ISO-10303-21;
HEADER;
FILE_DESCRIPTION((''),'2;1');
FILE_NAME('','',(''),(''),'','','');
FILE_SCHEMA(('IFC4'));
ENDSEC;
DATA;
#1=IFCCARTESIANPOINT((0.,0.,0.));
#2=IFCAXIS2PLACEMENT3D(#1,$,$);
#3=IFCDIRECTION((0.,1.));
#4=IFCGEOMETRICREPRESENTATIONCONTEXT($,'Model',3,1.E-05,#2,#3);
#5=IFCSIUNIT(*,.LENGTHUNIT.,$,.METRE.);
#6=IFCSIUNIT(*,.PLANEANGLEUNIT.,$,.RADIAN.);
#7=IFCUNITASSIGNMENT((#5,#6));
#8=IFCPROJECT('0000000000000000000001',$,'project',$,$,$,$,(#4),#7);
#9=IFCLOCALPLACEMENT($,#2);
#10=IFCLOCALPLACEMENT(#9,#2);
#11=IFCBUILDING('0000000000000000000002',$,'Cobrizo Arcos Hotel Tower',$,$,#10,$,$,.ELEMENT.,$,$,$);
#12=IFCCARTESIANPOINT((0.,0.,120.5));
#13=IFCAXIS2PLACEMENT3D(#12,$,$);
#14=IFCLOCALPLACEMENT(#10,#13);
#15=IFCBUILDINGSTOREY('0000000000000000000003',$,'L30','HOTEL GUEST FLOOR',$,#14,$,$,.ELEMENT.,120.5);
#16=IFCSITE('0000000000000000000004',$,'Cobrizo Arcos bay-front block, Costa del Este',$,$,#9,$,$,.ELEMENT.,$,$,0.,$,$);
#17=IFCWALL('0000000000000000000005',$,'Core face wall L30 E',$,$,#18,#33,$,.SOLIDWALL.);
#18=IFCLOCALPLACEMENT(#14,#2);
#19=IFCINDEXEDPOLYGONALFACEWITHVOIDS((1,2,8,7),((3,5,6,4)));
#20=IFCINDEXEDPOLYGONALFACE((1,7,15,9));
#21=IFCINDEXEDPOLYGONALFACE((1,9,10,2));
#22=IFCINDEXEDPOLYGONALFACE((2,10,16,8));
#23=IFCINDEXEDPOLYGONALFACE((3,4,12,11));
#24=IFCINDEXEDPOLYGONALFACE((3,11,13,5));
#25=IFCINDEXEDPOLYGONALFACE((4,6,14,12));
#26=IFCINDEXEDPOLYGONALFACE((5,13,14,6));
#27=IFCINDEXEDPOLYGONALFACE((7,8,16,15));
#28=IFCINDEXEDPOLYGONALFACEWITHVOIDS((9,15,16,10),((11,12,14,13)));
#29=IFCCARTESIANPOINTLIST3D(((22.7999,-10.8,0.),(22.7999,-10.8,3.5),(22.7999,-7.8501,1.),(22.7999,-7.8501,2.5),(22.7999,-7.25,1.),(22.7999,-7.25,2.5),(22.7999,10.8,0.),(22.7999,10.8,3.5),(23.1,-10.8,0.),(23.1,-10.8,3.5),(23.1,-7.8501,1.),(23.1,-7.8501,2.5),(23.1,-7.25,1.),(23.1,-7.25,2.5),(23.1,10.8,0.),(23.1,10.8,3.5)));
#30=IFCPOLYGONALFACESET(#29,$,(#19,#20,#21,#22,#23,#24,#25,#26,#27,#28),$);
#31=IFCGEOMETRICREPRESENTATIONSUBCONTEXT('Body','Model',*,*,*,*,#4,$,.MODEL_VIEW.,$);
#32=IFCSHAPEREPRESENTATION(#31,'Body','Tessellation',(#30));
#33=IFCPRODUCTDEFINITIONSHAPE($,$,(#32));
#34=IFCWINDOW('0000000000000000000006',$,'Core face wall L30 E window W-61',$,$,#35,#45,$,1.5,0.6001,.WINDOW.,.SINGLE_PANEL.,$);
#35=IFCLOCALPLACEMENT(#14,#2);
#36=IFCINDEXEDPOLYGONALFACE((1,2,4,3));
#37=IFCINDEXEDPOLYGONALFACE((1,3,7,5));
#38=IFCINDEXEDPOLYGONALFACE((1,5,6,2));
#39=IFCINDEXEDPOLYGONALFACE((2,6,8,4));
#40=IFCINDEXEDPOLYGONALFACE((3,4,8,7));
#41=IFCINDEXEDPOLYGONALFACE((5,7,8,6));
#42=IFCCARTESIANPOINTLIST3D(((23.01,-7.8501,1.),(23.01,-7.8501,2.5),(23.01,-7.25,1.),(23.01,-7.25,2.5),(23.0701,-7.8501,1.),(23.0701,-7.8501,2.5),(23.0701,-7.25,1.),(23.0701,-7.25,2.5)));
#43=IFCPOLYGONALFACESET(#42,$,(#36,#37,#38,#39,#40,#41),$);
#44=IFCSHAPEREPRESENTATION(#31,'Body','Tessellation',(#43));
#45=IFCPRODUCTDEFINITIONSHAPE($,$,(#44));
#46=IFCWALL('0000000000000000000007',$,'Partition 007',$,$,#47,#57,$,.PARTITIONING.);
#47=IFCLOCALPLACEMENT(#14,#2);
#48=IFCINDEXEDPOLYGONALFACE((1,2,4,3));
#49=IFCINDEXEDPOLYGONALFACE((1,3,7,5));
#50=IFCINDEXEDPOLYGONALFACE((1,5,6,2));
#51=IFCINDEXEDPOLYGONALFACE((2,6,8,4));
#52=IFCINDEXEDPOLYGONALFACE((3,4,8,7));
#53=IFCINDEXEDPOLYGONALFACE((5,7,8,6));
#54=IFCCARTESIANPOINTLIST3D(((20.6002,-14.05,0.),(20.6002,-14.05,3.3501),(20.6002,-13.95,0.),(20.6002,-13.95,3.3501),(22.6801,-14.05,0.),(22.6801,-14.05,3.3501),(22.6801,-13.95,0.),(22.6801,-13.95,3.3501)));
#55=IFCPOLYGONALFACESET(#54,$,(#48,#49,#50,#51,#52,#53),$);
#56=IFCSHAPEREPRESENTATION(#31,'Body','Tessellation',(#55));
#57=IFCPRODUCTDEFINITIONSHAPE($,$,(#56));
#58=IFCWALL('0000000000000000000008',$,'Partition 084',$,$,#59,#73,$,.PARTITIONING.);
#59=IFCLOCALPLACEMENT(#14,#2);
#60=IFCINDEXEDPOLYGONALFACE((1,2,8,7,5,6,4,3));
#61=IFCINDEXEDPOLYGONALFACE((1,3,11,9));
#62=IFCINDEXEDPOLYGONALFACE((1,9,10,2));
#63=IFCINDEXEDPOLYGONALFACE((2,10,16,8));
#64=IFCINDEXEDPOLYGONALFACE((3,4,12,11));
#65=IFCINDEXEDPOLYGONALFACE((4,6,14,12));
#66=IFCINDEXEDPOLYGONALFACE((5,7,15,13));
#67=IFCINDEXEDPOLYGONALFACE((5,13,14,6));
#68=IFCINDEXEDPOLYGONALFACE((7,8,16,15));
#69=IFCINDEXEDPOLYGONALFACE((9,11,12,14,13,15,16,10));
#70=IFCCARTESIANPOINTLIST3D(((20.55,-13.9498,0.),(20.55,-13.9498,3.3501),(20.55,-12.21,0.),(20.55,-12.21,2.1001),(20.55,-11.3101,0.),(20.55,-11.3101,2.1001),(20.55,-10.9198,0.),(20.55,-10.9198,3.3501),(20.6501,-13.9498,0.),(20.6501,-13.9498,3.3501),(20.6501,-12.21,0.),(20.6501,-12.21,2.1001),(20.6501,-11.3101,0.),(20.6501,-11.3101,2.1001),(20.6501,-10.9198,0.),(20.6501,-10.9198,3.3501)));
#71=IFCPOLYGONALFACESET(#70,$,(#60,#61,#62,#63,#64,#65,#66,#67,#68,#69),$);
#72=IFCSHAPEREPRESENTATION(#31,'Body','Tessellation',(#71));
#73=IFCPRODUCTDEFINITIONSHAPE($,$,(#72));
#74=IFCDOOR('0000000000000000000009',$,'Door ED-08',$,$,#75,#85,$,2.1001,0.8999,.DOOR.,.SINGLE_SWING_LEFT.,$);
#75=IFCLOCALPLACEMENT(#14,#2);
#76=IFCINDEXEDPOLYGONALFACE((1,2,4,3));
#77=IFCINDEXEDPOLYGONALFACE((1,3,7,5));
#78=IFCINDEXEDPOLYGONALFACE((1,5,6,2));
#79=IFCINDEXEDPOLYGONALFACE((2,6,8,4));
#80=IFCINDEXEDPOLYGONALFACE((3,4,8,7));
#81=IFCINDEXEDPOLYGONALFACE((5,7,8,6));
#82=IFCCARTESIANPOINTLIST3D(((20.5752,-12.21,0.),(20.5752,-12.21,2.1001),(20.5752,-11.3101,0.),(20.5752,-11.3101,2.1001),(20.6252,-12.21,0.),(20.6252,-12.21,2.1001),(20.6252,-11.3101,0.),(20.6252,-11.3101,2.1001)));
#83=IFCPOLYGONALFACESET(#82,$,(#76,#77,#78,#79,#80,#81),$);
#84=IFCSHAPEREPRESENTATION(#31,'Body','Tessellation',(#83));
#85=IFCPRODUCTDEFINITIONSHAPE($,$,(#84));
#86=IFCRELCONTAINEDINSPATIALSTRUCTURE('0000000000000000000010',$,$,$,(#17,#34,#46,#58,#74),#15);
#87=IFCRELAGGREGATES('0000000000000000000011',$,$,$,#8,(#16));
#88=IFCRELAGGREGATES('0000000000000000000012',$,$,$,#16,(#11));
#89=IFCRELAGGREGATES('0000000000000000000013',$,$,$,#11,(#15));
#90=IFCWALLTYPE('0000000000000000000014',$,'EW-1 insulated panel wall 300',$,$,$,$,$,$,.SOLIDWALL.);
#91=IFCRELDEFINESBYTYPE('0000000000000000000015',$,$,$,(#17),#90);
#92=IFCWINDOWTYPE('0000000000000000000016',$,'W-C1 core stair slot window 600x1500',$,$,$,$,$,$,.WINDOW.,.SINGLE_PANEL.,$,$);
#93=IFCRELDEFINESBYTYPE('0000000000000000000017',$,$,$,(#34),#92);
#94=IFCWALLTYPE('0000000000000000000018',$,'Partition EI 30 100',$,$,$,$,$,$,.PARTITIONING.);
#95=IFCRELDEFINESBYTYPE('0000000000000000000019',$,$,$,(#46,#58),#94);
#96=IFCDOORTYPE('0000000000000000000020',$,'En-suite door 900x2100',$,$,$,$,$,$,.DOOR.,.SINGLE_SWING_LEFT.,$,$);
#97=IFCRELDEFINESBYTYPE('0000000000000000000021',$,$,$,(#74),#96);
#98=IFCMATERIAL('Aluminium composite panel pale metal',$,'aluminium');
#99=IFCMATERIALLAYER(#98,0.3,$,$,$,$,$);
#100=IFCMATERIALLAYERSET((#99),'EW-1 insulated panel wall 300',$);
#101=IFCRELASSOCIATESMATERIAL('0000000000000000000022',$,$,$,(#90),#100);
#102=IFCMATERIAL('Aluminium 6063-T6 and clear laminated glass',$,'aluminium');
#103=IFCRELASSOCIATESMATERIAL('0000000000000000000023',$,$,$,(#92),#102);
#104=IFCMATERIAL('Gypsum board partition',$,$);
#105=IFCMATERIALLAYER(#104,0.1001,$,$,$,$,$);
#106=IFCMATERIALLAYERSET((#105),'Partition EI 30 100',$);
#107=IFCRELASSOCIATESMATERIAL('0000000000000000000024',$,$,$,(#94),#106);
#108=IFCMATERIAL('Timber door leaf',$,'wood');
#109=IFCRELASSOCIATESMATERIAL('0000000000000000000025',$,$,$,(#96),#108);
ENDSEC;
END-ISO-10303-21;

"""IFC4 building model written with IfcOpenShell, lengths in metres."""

from ifc_helpers import new_model, si_unit, direction, frame, frame_2d, origin, place, context, subcontext, project, spatial, rectangle, extrude, material, layer, layer_set, type_object, element, fill, save


model = new_model("IFC4")

# Units and contexts
model_context = context("Model", 3, precision=1e-05, world=origin(), true_north=direction((0.0, 1.0)))
body_context = subcontext(model_context, "Body", "Model", "MODEL_VIEW")
ifc_project = project(units=[si_unit("LENGTHUNIT", "METRE"), si_unit("PLANEANGLEUNIT", "RADIAN")], contexts=[model_context])

# Site, building, storey
site_placement = place(None, origin())
site = spatial("IfcSite", under=ifc_project, at=site_placement, Name="Cobrizo Arcos bay-front block, Costa del Este", CompositionType="ELEMENT", RefElevation=0.0)
building_placement = place(site_placement, origin())
building = spatial("IfcBuilding", under=site, at=building_placement, Name="Cobrizo Arcos Hotel Tower", CompositionType="ELEMENT")
storey_placement = place(building_placement, frame((0.0, 0.0, 120.5)))
storey = spatial("IfcBuildingStorey", under=building, at=storey_placement, Name="L30", Description="HOTEL GUEST FLOOR", CompositionType="ELEMENT", Elevation=120.5)

# Shared definitions
ifc_material_1 = material(Name="Aluminium composite panel pale metal", Category="aluminium")

# Shared definitions
ifc_material_2 = material(Name="Gypsum board partition")

# Shared definitions
ifc_material_3 = material(Name="Timber door leaf", Category="wood")

# Wall, opening, window
ifc_layer_1 = layer(ifc_material_1, 0.3)
ifc_layer_set_1 = layer_set([ifc_layer_1], Name="EW-1 insulated panel wall 300")
wall_type_1 = type_object("IfcWallType", Name="EW-1 insulated panel wall 300", PredefinedType="SOLIDWALL", material=ifc_layer_set_1)
wall_1_placement = place(storey_placement, frame((22.95, -10.8, 0.0), z_axis=(0.0, 0.0, 1.0), x_axis=(0.0, 1.0, 0.0)))
wall_1 = element("IfcWall", 1, at=wall_1_placement, inside=storey, type_object=wall_type_1, Name="Core face wall L30 E", PredefinedType="SOLIDWALL", context=body_context, shape_type="SweptSolid", body=[
    extrude(rectangle(XDim=21.6001, YDim=0.3, at=frame_2d((10.8, 0.0))), origin(), (0.0, 0.0, 1.0), 3.5),
])
opening_1_placement = place(wall_1_placement, frame((2.95, 0.0, 1.0)))
opening_1 = element("IfcOpeningElement", 2, at=opening_1_placement, cuts=wall_1, PredefinedType="OPENING", context=body_context, shape_type="SweptSolid", body=[
    extrude(rectangle(XDim=0.6001, YDim=1.5, at=frame_2d((0.3, 0.75))), frame((0.0, 0.1621, 0.0), z_axis=(0.0, -1.0, 0.0), x_axis=(1.0, 0.0, 0.0)), (0.0, 0.0, 1.0), 0.324),
])
ifc_material_4 = material(Name="Aluminium 6063-T6 and clear laminated glass", Category="aluminium")
window_type = type_object("IfcWindowType", Name="W-C1 core stair slot window 600x1500", PartitioningType="SINGLE_PANEL", PredefinedType="WINDOW", material=ifc_material_4)
window_placement = place(opening_1_placement, origin())
window = element("IfcWindow", 3, at=window_placement, inside=storey, type_object=window_type, Name="Core face wall L30 E window W-61", OverallHeight=1.5, OverallWidth=0.6001, PartitioningType="SINGLE_PANEL", PredefinedType="WINDOW", context=body_context, shape_type="SweptSolid", body=[
    extrude(rectangle(XDim=0.6001, YDim=1.5, at=frame_2d((0.3, 0.75))), frame((0.0, -0.0601, 0.0), z_axis=(0.0, -1.0, 0.0), x_axis=(1.0, 0.0, 0.0)), (0.0, 0.0, 1.0), 0.0601),
])
fill(opening_1, window)

# Wall
ifc_layer_2 = layer(ifc_material_2, 0.1001)
ifc_layer_set_2 = layer_set([ifc_layer_2], Name="Partition EI 30 100")
wall_type_2 = type_object("IfcWallType", Name="Partition EI 30 100", PredefinedType="PARTITIONING", material=ifc_layer_set_2)
wall_2_placement = place(storey_placement, frame((20.6001, -14.0, 0.0), z_axis=(0.0, 0.0, 1.0), x_axis=(1.0, 0.0, 0.0)))
element("IfcWall", 4, at=wall_2_placement, inside=storey, type_object=wall_type_2, Name="Partition 007", PredefinedType="PARTITIONING", context=body_context, shape_type="SweptSolid", body=[
    extrude(rectangle(XDim=2.0798, YDim=0.1001, at=frame_2d((1.04, 0.0))), origin(), (0.0, 0.0, 1.0), 3.3501),
])

# Wall, opening, door
wall_3_placement = place(storey_placement, frame((20.6001, -13.95, 0.0), z_axis=(0.0, 0.0, 1.0), x_axis=(0.0, 1.0, 0.0)))
wall_3 = element("IfcWall", 5, at=wall_3_placement, inside=storey, type_object=wall_type_2, Name="Partition 084", PredefinedType="PARTITIONING", context=body_context, shape_type="SweptSolid", body=[
    extrude(rectangle(XDim=3.03, YDim=0.1001, at=frame_2d((1.5151, 0.0))), origin(), (0.0, 0.0, 1.0), 3.3501),
])
opening_2_placement = place(wall_3_placement, frame((1.74, 0.0, 0.0)))
opening_2 = element("IfcOpeningElement", 6, at=opening_2_placement, cuts=wall_3, PredefinedType="OPENING", context=body_context, shape_type="SweptSolid", body=[
    extrude(rectangle(XDim=0.8999, YDim=2.1001, at=frame_2d((0.45, 1.05))), frame((0.0, 0.062, 0.0), z_axis=(0.0, -1.0, 0.0), x_axis=(1.0, 0.0, 0.0)), (0.0, 0.0, 1.0), 0.124),
])
door_type_1 = type_object("IfcDoorType", Name="En-suite door 900x2100", OperationType="SINGLE_SWING_LEFT", PredefinedType="DOOR", material=ifc_material_3)
door_1_placement = place(opening_2_placement, origin())
door_1 = element("IfcDoor", 7, at=door_1_placement, inside=storey, type_object=door_type_1, Name="Door ED-08", OperationType="SINGLE_SWING_LEFT", OverallHeight=2.1001, OverallWidth=0.8999, PredefinedType="DOOR", context=body_context, shape_type="SweptSolid", body=[
    extrude(rectangle(XDim=0.8999, YDim=2.1001, at=frame_2d((0.45, 1.05))), frame((0.0, 0.0249, 0.0), z_axis=(0.0, -1.0, 0.0), x_axis=(1.0, 0.0, 0.0)), (0.0, 0.0, 1.0), 0.05),
])
fill(opening_2, door_1)

save(model, "model.ifc")
